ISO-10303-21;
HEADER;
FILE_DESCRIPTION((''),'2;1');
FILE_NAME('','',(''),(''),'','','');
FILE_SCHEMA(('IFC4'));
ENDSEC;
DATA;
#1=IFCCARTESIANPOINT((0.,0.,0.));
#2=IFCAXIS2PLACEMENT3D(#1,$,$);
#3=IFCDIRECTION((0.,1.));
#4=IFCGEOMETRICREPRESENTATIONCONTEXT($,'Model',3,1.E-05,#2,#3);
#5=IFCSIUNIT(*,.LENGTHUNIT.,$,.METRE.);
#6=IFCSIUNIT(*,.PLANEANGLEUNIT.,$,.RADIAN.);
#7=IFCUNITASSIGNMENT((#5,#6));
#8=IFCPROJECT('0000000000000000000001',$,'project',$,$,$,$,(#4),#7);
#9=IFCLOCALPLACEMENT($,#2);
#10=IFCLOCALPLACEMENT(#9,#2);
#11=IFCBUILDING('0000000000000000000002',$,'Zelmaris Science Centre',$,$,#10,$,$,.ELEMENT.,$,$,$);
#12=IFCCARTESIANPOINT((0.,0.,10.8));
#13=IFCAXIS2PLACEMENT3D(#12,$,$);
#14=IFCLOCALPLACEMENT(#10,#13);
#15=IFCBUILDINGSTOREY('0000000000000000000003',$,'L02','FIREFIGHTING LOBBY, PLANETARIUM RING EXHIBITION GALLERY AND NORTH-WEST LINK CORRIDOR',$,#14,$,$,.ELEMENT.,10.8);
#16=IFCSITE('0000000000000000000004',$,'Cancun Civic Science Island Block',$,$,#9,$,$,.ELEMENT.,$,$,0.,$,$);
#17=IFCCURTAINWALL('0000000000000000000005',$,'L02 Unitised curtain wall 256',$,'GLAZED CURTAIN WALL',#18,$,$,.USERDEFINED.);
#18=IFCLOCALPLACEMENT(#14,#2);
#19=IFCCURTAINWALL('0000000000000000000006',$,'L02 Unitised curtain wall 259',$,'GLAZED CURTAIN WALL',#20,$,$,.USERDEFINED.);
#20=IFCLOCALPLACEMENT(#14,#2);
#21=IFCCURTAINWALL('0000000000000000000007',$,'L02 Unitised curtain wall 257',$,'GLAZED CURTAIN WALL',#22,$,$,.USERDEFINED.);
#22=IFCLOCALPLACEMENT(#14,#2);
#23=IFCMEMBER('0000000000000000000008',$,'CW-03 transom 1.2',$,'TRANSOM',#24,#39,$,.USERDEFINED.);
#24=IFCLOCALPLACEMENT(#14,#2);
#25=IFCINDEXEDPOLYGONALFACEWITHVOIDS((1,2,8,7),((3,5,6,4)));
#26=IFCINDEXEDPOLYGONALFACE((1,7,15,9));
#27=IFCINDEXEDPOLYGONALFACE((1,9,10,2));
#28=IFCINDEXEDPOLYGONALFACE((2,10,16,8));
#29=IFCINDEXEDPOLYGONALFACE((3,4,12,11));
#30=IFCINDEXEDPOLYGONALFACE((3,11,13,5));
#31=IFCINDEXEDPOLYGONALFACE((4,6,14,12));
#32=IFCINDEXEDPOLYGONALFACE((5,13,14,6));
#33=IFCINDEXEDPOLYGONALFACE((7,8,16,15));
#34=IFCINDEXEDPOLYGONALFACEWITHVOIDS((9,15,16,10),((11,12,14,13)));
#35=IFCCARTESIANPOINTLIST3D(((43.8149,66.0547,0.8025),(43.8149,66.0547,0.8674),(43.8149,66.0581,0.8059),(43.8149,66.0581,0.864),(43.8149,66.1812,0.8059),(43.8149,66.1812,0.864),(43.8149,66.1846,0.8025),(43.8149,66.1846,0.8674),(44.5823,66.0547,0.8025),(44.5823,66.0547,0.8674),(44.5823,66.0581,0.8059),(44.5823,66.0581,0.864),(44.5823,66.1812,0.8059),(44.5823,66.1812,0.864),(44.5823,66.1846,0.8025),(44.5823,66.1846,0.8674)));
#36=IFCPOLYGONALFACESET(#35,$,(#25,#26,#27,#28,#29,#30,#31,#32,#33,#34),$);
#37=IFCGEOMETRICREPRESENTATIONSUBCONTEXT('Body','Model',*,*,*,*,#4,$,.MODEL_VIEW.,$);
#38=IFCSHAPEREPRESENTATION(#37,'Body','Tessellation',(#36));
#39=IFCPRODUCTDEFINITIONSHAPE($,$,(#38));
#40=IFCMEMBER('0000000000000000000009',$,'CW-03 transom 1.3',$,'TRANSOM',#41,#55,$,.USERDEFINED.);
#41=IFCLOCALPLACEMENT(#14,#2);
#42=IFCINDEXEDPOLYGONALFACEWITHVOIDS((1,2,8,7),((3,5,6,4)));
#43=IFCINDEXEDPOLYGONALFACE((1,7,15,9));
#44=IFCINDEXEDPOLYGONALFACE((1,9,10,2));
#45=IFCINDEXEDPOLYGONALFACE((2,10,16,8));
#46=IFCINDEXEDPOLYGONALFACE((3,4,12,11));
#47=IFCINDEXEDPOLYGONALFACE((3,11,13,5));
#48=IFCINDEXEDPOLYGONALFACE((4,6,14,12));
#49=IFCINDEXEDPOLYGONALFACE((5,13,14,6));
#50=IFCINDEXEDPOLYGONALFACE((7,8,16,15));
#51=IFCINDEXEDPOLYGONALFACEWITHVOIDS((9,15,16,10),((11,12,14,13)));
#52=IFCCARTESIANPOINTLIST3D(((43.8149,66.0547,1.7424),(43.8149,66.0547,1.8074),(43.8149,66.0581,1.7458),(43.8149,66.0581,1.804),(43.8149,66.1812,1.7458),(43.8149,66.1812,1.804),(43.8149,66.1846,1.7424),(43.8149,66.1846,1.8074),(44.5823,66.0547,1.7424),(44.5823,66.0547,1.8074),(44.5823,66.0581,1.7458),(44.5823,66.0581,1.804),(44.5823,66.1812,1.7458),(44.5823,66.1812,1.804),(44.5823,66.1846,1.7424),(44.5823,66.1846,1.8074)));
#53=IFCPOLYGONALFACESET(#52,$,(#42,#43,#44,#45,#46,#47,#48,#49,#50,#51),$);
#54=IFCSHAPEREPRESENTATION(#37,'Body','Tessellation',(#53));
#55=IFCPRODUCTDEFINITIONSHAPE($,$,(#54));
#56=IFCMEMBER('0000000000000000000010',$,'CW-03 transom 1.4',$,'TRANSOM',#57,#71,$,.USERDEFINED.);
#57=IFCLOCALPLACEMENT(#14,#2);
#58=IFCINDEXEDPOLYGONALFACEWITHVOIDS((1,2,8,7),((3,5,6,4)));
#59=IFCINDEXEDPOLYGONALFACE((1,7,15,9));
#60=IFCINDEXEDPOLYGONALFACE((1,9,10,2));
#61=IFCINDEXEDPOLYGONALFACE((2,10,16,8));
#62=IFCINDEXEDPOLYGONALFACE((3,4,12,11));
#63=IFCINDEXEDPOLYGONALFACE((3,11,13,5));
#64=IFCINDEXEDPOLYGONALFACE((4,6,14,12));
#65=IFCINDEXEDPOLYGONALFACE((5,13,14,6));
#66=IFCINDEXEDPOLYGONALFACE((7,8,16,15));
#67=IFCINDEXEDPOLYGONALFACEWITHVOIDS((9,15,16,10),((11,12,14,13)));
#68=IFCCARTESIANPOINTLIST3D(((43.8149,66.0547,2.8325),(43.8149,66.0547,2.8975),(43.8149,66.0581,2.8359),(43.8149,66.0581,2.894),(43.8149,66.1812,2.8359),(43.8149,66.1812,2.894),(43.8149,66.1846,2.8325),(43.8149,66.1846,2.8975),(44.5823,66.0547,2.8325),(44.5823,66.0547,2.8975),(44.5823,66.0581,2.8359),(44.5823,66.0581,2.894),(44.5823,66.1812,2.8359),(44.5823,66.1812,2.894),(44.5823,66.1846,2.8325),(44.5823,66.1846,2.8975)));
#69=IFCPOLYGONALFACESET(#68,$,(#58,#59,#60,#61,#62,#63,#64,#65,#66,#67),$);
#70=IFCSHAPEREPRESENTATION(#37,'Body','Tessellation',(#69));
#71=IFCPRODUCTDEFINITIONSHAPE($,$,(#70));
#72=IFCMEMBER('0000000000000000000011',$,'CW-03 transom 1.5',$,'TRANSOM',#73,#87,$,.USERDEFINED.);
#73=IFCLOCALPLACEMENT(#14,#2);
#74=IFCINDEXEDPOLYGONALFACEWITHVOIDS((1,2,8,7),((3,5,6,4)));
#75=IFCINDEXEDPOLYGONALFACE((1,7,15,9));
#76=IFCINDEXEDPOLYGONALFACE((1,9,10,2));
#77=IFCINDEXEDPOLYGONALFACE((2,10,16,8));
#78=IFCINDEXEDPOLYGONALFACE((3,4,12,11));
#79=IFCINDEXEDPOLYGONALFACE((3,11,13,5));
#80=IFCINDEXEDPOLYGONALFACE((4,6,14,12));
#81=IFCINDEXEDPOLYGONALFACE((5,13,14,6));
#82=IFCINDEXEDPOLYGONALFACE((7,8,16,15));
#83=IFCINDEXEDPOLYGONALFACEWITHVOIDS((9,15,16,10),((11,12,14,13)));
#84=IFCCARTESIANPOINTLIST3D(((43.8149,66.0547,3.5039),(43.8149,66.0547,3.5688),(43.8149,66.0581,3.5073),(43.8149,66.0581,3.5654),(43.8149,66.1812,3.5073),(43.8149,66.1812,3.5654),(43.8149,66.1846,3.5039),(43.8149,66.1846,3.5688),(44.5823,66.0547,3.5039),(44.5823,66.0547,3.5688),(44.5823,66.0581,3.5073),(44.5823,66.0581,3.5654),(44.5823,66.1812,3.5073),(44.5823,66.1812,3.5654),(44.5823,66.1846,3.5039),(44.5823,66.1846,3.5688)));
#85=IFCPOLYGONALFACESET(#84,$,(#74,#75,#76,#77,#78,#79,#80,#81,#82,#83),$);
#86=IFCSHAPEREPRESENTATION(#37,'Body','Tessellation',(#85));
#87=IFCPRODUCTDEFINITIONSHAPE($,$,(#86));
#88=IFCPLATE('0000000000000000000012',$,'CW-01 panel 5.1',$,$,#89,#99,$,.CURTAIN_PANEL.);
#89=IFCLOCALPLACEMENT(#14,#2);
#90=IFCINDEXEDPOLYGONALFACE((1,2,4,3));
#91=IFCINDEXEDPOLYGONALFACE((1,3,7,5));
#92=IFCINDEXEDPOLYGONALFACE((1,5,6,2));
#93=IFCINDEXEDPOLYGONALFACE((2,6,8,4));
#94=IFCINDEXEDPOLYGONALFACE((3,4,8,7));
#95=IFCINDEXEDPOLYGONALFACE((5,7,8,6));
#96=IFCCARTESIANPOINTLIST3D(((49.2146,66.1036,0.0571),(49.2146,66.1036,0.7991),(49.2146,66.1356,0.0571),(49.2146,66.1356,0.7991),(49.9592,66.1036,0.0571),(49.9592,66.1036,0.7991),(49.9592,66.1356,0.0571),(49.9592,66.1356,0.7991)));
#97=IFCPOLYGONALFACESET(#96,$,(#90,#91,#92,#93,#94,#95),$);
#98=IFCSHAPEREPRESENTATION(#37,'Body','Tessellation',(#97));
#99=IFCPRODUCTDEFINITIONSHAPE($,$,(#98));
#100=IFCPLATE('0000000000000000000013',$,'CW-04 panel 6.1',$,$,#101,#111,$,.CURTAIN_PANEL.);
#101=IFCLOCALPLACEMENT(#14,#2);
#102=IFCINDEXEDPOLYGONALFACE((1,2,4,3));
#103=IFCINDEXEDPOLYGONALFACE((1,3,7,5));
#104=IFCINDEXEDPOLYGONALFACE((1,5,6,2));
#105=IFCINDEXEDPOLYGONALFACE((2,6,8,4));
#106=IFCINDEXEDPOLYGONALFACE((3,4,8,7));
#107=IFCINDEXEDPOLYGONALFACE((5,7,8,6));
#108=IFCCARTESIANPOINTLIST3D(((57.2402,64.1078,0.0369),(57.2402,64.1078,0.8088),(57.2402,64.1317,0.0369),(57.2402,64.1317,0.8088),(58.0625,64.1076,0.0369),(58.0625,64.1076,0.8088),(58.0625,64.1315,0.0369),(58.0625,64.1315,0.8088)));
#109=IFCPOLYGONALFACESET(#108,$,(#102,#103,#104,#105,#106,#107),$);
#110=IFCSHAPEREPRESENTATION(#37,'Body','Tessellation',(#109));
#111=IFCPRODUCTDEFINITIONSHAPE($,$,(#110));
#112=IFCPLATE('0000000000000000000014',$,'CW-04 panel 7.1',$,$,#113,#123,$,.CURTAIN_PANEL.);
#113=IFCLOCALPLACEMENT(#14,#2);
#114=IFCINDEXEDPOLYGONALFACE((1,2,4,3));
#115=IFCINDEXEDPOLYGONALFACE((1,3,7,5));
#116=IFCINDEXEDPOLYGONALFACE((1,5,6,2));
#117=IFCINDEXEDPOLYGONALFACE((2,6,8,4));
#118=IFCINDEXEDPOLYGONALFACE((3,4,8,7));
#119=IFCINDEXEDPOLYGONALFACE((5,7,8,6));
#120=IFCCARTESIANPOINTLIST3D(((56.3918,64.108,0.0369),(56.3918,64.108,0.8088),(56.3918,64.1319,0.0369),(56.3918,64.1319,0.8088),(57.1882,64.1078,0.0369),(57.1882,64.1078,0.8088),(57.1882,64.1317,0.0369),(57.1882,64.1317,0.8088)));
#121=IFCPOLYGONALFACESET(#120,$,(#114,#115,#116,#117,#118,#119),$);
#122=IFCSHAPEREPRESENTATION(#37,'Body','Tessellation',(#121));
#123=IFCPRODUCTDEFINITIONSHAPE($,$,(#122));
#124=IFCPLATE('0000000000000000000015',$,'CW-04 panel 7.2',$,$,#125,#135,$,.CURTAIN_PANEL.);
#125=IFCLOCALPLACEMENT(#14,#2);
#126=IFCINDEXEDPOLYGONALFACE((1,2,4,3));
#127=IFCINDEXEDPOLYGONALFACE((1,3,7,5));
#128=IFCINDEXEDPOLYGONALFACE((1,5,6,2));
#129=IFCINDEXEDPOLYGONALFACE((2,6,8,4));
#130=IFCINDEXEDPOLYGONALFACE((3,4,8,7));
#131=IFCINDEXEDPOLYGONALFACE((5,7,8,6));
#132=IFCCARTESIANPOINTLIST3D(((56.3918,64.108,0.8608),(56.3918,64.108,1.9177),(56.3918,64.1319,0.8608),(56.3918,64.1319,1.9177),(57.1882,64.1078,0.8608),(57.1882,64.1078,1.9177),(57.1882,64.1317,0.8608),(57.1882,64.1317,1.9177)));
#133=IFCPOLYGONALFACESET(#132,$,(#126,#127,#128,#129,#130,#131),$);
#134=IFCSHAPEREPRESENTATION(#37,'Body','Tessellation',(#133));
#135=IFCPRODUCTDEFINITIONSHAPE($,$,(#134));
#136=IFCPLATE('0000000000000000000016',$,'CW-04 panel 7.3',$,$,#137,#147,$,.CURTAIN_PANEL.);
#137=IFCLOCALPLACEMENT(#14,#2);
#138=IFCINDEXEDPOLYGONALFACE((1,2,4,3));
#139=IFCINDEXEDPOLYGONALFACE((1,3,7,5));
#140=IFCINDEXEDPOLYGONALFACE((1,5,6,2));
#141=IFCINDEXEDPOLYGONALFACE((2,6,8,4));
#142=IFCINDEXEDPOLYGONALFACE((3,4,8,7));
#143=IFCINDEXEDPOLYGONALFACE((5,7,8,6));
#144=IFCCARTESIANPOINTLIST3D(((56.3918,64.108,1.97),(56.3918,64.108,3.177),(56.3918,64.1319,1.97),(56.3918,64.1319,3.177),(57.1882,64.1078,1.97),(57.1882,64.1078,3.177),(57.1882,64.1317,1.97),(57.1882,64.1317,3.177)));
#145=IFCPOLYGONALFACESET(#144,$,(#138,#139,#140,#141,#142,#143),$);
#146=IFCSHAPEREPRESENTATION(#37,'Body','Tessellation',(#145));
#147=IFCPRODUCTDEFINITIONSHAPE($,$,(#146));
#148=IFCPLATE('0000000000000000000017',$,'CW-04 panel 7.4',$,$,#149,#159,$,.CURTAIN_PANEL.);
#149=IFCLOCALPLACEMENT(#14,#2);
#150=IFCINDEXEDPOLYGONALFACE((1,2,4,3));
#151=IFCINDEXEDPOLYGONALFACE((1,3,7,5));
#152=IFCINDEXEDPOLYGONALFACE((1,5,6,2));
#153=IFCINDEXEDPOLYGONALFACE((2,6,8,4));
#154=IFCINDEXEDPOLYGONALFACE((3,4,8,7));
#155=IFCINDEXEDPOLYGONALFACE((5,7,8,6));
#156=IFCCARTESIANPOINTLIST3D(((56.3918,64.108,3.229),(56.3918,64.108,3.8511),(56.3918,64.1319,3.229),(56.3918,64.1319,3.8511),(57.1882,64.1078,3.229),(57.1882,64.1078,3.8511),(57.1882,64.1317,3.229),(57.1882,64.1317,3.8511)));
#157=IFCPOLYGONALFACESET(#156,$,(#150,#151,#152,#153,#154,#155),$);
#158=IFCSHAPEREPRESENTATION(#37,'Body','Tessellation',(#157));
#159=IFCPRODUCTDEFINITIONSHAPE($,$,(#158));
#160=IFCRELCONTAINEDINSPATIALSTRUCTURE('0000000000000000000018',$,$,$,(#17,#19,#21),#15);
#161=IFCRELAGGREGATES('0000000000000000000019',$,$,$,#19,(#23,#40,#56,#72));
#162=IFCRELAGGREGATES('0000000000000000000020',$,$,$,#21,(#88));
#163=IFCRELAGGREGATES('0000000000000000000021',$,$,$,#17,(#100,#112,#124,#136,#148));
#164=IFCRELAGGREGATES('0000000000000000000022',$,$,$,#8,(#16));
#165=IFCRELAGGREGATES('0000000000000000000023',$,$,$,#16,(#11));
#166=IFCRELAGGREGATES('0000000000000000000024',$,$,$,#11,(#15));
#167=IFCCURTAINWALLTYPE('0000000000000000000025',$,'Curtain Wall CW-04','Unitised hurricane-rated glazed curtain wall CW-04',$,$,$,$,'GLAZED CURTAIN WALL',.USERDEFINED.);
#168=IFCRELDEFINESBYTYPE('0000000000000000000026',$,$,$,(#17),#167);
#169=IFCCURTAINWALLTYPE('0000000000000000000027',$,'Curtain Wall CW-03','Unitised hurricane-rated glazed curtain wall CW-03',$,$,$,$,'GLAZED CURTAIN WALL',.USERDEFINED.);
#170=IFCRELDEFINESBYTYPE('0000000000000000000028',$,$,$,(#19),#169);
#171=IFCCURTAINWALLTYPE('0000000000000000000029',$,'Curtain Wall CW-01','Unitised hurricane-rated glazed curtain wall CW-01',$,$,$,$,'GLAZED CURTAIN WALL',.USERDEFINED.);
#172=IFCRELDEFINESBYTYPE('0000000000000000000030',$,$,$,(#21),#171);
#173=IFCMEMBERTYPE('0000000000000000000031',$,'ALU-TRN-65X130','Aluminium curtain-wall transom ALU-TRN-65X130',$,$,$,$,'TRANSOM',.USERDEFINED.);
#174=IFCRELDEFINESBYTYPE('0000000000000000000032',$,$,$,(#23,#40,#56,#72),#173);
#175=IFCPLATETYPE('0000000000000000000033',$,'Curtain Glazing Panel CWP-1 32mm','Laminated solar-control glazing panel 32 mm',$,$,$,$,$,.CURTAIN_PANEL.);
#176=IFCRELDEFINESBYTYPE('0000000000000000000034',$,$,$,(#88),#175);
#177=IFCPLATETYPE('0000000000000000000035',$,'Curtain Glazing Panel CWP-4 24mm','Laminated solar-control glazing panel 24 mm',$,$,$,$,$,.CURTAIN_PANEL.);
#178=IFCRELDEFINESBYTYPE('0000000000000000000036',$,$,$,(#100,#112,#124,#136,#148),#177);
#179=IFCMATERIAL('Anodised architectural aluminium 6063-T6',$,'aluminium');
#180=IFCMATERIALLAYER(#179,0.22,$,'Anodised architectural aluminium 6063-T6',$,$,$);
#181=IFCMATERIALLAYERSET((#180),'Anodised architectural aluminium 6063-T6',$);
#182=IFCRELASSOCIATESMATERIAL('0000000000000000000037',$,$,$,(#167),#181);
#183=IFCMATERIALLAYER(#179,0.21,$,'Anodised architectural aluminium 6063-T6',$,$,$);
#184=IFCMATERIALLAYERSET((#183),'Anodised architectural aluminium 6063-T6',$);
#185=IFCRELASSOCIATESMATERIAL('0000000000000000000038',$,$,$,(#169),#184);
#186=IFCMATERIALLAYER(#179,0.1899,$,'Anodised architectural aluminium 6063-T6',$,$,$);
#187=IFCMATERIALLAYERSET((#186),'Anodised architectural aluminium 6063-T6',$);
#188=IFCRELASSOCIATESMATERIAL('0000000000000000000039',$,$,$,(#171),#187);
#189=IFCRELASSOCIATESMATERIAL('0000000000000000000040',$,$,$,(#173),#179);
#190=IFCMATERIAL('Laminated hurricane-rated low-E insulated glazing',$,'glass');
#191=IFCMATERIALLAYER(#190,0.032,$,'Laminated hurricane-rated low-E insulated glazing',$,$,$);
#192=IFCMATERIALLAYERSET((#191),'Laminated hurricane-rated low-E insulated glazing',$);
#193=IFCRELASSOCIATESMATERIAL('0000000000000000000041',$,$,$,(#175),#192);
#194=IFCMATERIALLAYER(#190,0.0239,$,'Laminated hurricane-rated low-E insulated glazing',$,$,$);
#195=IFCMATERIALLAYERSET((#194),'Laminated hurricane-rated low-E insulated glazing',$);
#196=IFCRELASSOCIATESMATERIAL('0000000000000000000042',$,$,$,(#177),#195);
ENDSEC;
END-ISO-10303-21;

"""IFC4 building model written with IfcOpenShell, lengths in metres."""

from ifc_helpers import new_model, si_unit, direction, frame, origin, origin_2d, place, context, subcontext, project, spatial, rectangle, hollow_rectangle, extrude, material, layer, layer_set, material_profile, profile_set, type_object, element, aggregate, save


model = new_model("IFC4")

# Units and contexts
model_context = context("Model", 3, precision=1e-05, world=origin(), true_north=direction((0.0, 1.0)))
body_context = subcontext(model_context, "Body", "Model", "MODEL_VIEW")
ifc_project = project(units=[si_unit("LENGTHUNIT", "METRE"), si_unit("PLANEANGLEUNIT", "RADIAN")], contexts=[model_context])

# Site, building, storey
site_placement = place(None, origin())
site = spatial("IfcSite", under=ifc_project, at=site_placement, Name="Cancun Civic Science Island Block", CompositionType="ELEMENT", RefElevation=0.0)
building_placement = place(site_placement, origin())
building = spatial("IfcBuilding", under=site, at=building_placement, Name="Zelmaris Science Centre", CompositionType="ELEMENT")
storey_placement = place(building_placement, frame((0.0, 0.0, 10.8)))
storey = spatial("IfcBuildingStorey", under=building, at=storey_placement, Name="L02", Description="FIREFIGHTING LOBBY, PLANETARIUM RING EXHIBITION GALLERY AND NORTH-WEST LINK CORRIDOR", CompositionType="ELEMENT", Elevation=10.8)

# Curtain wall
ifc_material_1 = material(Name="Anodised architectural aluminium 6063-T6", Category="aluminium")
ifc_layer_1 = layer(ifc_material_1, 0.22, Name="Anodised architectural aluminium 6063-T6")
ifc_layer_set_1 = layer_set([ifc_layer_1], Name="Anodised architectural aluminium 6063-T6")
curtain_wall_type_1 = type_object("IfcCurtainWallType", Name="Curtain Wall CW-04", Description="Unitised hurricane-rated glazed curtain wall CW-04", ElementType="GLAZED CURTAIN WALL", PredefinedType="USERDEFINED", material=ifc_layer_set_1)
curtain_wall_1_placement = place(storey_placement, origin())
curtain_wall_1 = element("IfcCurtainWall", 1, at=curtain_wall_1_placement, inside=storey, type_object=curtain_wall_type_1, Name="L02 Unitised curtain wall 256", ObjectType="GLAZED CURTAIN WALL", PredefinedType="USERDEFINED")

# Curtain walls
ifc_layer_2 = layer(ifc_material_1, 0.21, Name="Anodised architectural aluminium 6063-T6")
ifc_layer_set_2 = layer_set([ifc_layer_2], Name="Anodised architectural aluminium 6063-T6")
curtain_wall_type_2 = type_object("IfcCurtainWallType", Name="Curtain Wall CW-03", Description="Unitised hurricane-rated glazed curtain wall CW-03", ElementType="GLAZED CURTAIN WALL", PredefinedType="USERDEFINED", material=ifc_layer_set_2)
curtain_wall_2_placement = place(storey_placement, origin())
curtain_wall_2 = element("IfcCurtainWall", 2, at=curtain_wall_2_placement, inside=storey, type_object=curtain_wall_type_2, Name="L02 Unitised curtain wall 259", ObjectType="GLAZED CURTAIN WALL", PredefinedType="USERDEFINED")
ifc_layer_3 = layer(ifc_material_1, 0.1899, Name="Anodised architectural aluminium 6063-T6")
ifc_layer_set_3 = layer_set([ifc_layer_3], Name="Anodised architectural aluminium 6063-T6")
curtain_wall_type_3 = type_object("IfcCurtainWallType", Name="Curtain Wall CW-01", Description="Unitised hurricane-rated glazed curtain wall CW-01", ElementType="GLAZED CURTAIN WALL", PredefinedType="USERDEFINED", material=ifc_layer_set_3)
curtain_wall_3_placement = place(storey_placement, origin())
curtain_wall_3 = element("IfcCurtainWall", 3, at=curtain_wall_3_placement, inside=storey, type_object=curtain_wall_type_3, Name="L02 Unitised curtain wall 257", ObjectType="GLAZED CURTAIN WALL", PredefinedType="USERDEFINED")

# Members
ifc_material_profile_1 = material_profile(ifc_material_1, hollow_rectangle(XDim=0.0649, YDim=0.1299, WallThickness=0.0034, at=origin_2d()), Name="ALU-TRN-65X130")
ifc_profile_set_1 = profile_set([ifc_material_profile_1], Name="Anodised architectural aluminium 6063-T6")
member_type_1 = type_object("IfcMemberType", Name="ALU-TRN-65X130", Description="Aluminium curtain-wall transom ALU-TRN-65X130", ElementType="TRANSOM", PredefinedType="USERDEFINED", material=ifc_profile_set_1)
member_1_placement = place(storey_placement, frame((44.5823, 66.1196, 0.835), z_axis=(-1.0, 0.0, 0.0), x_axis=(0.0, 0.0, 1.0)))
member_1 = element("IfcMember", 4, at=member_1_placement, type_object=member_type_1, Name="CW-03 transom 1.2", ObjectType="TRANSOM", PredefinedType="USERDEFINED", context=body_context, shape_type="SweptSolid", body=[
    extrude(hollow_rectangle(XDim=0.0649, YDim=0.1299, WallThickness=0.0034, at=origin_2d()), origin(), (0.0, 0.0, 1.0), 0.7673),
])
member_2_placement = place(storey_placement, frame((44.5823, 66.1196, 1.7749), z_axis=(-1.0, 0.0, 0.0), x_axis=(0.0, 0.0, 1.0)))
member_2 = element("IfcMember", 5, at=member_2_placement, type_object=member_type_1, Name="CW-03 transom 1.3", ObjectType="TRANSOM", PredefinedType="USERDEFINED", context=body_context, shape_type="SweptSolid", body=[
    extrude(hollow_rectangle(XDim=0.0649, YDim=0.1299, WallThickness=0.0034, at=origin_2d()), origin(), (0.0, 0.0, 1.0), 0.7673),
])
member_3_placement = place(storey_placement, frame((44.5823, 66.1196, 2.865), z_axis=(-1.0, 0.0, 0.0), x_axis=(0.0, 0.0, 1.0)))
member_3 = element("IfcMember", 6, at=member_3_placement, type_object=member_type_1, Name="CW-03 transom 1.4", ObjectType="TRANSOM", PredefinedType="USERDEFINED", context=body_context, shape_type="SweptSolid", body=[
    extrude(hollow_rectangle(XDim=0.0649, YDim=0.1299, WallThickness=0.0034, at=origin_2d()), origin(), (0.0, 0.0, 1.0), 0.7673),
])
member_4_placement = place(storey_placement, frame((44.5823, 66.1196, 3.5364), z_axis=(-1.0, 0.0, 0.0), x_axis=(0.0, 0.0, 1.0)))
member_4 = element("IfcMember", 7, at=member_4_placement, type_object=member_type_1, Name="CW-03 transom 1.5", ObjectType="TRANSOM", PredefinedType="USERDEFINED", context=body_context, shape_type="SweptSolid", body=[
    extrude(hollow_rectangle(XDim=0.0649, YDim=0.1299, WallThickness=0.0034, at=origin_2d()), origin(), (0.0, 0.0, 1.0), 0.7673),
])
aggregate(curtain_wall_2, [member_1, member_2, member_3, member_4])

# Plates
ifc_material_2 = material(Name="Laminated hurricane-rated low-E insulated glazing", Category="glass")
ifc_layer_4 = layer(ifc_material_2, 0.032, Name="Laminated hurricane-rated low-E insulated glazing")
ifc_layer_set_4 = layer_set([ifc_layer_4], Name="Laminated hurricane-rated low-E insulated glazing")
plate_type_1 = type_object("IfcPlateType", Name="Curtain Glazing Panel CWP-1 32mm", Description="Laminated solar-control glazing panel 32 mm", PredefinedType="CURTAIN_PANEL", material=ifc_layer_set_4)
plate_1_placement = place(storey_placement, frame((49.5869, 66.1196, 0.0571), z_axis=(0.0, 0.0, 1.0), x_axis=(-1.0, 0.0, 0.0)))
plate_1 = element("IfcPlate", 8, at=plate_1_placement, type_object=plate_type_1, Name="CW-01 panel 5.1", PredefinedType="CURTAIN_PANEL", context=body_context, shape_type="SweptSolid", body=[
    extrude(rectangle(XDim=0.7446, YDim=0.032, at=origin_2d()), origin(), (0.0, 0.0, 1.0), 0.7419),
])
aggregate(curtain_wall_3, [plate_1])
ifc_layer_5 = layer(ifc_material_2, 0.0239, Name="Laminated hurricane-rated low-E insulated glazing")
ifc_layer_set_5 = layer_set([ifc_layer_5], Name="Laminated hurricane-rated low-E insulated glazing")
plate_type_2 = type_object("IfcPlateType", Name="Curtain Glazing Panel CWP-4 24mm", Description="Laminated solar-control glazing panel 24 mm", PredefinedType="CURTAIN_PANEL", material=ifc_layer_set_5)
plate_2_placement = place(storey_placement, frame((57.6514, 64.1196, 0.0369), z_axis=(0.0, 0.0, 1.0), x_axis=(-1.0, 0.000229, 0.0)))
plate_2 = element("IfcPlate", 9, at=plate_2_placement, type_object=plate_type_2, Name="CW-04 panel 6.1", PredefinedType="CURTAIN_PANEL", context=body_context, shape_type="SweptSolid", body=[
    extrude(rectangle(XDim=0.8223, YDim=0.0239, at=origin_2d()), origin(), (0.0, 0.0, 1.0), 0.772),
])
plate_3_placement = place(storey_placement, frame((56.79, 64.1199, 0.0369), z_axis=(0.0, 0.0, 1.0), x_axis=(-1.0, 0.000229, 0.0)))
plate_3 = element("IfcPlate", 10, at=plate_3_placement, type_object=plate_type_2, Name="CW-04 panel 7.1", PredefinedType="CURTAIN_PANEL", context=body_context, shape_type="SweptSolid", body=[
    extrude(rectangle(XDim=0.7964, YDim=0.0239, at=origin_2d()), origin(), (0.0, 0.0, 1.0), 0.772),
])
plate_4_placement = place(storey_placement, frame((56.79, 64.1199, 0.8608), z_axis=(0.0, 0.0, 1.0), x_axis=(-1.0, 0.000229, 0.0)))
plate_4 = element("IfcPlate", 11, at=plate_4_placement, type_object=plate_type_2, Name="CW-04 panel 7.2", PredefinedType="CURTAIN_PANEL", context=body_context, shape_type="SweptSolid", body=[
    extrude(rectangle(XDim=0.7964, YDim=0.0239, at=origin_2d()), origin(), (0.0, 0.0, 1.0), 1.0569),
])
plate_5_placement = place(storey_placement, frame((56.79, 64.1199, 1.97), z_axis=(0.0, 0.0, 1.0), x_axis=(-1.0, 0.000229, 0.0)))
plate_5 = element("IfcPlate", 12, at=plate_5_placement, type_object=plate_type_2, Name="CW-04 panel 7.3", PredefinedType="CURTAIN_PANEL", context=body_context, shape_type="SweptSolid", body=[
    extrude(rectangle(XDim=0.7964, YDim=0.0239, at=origin_2d()), origin(), (0.0, 0.0, 1.0), 1.207),
])
plate_6_placement = place(storey_placement, frame((56.79, 64.1199, 3.229), z_axis=(0.0, 0.0, 1.0), x_axis=(-1.0, 0.000229, 0.0)))
plate_6 = element("IfcPlate", 13, at=plate_6_placement, type_object=plate_type_2, Name="CW-04 panel 7.4", PredefinedType="CURTAIN_PANEL", context=body_context, shape_type="SweptSolid", body=[
    extrude(rectangle(XDim=0.7964, YDim=0.0239, at=origin_2d()), origin(), (0.0, 0.0, 1.0), 0.6221),
])
aggregate(curtain_wall_1, [plate_2, plate_3, plate_4, plate_5, plate_6])

save(model, "model.ifc")
